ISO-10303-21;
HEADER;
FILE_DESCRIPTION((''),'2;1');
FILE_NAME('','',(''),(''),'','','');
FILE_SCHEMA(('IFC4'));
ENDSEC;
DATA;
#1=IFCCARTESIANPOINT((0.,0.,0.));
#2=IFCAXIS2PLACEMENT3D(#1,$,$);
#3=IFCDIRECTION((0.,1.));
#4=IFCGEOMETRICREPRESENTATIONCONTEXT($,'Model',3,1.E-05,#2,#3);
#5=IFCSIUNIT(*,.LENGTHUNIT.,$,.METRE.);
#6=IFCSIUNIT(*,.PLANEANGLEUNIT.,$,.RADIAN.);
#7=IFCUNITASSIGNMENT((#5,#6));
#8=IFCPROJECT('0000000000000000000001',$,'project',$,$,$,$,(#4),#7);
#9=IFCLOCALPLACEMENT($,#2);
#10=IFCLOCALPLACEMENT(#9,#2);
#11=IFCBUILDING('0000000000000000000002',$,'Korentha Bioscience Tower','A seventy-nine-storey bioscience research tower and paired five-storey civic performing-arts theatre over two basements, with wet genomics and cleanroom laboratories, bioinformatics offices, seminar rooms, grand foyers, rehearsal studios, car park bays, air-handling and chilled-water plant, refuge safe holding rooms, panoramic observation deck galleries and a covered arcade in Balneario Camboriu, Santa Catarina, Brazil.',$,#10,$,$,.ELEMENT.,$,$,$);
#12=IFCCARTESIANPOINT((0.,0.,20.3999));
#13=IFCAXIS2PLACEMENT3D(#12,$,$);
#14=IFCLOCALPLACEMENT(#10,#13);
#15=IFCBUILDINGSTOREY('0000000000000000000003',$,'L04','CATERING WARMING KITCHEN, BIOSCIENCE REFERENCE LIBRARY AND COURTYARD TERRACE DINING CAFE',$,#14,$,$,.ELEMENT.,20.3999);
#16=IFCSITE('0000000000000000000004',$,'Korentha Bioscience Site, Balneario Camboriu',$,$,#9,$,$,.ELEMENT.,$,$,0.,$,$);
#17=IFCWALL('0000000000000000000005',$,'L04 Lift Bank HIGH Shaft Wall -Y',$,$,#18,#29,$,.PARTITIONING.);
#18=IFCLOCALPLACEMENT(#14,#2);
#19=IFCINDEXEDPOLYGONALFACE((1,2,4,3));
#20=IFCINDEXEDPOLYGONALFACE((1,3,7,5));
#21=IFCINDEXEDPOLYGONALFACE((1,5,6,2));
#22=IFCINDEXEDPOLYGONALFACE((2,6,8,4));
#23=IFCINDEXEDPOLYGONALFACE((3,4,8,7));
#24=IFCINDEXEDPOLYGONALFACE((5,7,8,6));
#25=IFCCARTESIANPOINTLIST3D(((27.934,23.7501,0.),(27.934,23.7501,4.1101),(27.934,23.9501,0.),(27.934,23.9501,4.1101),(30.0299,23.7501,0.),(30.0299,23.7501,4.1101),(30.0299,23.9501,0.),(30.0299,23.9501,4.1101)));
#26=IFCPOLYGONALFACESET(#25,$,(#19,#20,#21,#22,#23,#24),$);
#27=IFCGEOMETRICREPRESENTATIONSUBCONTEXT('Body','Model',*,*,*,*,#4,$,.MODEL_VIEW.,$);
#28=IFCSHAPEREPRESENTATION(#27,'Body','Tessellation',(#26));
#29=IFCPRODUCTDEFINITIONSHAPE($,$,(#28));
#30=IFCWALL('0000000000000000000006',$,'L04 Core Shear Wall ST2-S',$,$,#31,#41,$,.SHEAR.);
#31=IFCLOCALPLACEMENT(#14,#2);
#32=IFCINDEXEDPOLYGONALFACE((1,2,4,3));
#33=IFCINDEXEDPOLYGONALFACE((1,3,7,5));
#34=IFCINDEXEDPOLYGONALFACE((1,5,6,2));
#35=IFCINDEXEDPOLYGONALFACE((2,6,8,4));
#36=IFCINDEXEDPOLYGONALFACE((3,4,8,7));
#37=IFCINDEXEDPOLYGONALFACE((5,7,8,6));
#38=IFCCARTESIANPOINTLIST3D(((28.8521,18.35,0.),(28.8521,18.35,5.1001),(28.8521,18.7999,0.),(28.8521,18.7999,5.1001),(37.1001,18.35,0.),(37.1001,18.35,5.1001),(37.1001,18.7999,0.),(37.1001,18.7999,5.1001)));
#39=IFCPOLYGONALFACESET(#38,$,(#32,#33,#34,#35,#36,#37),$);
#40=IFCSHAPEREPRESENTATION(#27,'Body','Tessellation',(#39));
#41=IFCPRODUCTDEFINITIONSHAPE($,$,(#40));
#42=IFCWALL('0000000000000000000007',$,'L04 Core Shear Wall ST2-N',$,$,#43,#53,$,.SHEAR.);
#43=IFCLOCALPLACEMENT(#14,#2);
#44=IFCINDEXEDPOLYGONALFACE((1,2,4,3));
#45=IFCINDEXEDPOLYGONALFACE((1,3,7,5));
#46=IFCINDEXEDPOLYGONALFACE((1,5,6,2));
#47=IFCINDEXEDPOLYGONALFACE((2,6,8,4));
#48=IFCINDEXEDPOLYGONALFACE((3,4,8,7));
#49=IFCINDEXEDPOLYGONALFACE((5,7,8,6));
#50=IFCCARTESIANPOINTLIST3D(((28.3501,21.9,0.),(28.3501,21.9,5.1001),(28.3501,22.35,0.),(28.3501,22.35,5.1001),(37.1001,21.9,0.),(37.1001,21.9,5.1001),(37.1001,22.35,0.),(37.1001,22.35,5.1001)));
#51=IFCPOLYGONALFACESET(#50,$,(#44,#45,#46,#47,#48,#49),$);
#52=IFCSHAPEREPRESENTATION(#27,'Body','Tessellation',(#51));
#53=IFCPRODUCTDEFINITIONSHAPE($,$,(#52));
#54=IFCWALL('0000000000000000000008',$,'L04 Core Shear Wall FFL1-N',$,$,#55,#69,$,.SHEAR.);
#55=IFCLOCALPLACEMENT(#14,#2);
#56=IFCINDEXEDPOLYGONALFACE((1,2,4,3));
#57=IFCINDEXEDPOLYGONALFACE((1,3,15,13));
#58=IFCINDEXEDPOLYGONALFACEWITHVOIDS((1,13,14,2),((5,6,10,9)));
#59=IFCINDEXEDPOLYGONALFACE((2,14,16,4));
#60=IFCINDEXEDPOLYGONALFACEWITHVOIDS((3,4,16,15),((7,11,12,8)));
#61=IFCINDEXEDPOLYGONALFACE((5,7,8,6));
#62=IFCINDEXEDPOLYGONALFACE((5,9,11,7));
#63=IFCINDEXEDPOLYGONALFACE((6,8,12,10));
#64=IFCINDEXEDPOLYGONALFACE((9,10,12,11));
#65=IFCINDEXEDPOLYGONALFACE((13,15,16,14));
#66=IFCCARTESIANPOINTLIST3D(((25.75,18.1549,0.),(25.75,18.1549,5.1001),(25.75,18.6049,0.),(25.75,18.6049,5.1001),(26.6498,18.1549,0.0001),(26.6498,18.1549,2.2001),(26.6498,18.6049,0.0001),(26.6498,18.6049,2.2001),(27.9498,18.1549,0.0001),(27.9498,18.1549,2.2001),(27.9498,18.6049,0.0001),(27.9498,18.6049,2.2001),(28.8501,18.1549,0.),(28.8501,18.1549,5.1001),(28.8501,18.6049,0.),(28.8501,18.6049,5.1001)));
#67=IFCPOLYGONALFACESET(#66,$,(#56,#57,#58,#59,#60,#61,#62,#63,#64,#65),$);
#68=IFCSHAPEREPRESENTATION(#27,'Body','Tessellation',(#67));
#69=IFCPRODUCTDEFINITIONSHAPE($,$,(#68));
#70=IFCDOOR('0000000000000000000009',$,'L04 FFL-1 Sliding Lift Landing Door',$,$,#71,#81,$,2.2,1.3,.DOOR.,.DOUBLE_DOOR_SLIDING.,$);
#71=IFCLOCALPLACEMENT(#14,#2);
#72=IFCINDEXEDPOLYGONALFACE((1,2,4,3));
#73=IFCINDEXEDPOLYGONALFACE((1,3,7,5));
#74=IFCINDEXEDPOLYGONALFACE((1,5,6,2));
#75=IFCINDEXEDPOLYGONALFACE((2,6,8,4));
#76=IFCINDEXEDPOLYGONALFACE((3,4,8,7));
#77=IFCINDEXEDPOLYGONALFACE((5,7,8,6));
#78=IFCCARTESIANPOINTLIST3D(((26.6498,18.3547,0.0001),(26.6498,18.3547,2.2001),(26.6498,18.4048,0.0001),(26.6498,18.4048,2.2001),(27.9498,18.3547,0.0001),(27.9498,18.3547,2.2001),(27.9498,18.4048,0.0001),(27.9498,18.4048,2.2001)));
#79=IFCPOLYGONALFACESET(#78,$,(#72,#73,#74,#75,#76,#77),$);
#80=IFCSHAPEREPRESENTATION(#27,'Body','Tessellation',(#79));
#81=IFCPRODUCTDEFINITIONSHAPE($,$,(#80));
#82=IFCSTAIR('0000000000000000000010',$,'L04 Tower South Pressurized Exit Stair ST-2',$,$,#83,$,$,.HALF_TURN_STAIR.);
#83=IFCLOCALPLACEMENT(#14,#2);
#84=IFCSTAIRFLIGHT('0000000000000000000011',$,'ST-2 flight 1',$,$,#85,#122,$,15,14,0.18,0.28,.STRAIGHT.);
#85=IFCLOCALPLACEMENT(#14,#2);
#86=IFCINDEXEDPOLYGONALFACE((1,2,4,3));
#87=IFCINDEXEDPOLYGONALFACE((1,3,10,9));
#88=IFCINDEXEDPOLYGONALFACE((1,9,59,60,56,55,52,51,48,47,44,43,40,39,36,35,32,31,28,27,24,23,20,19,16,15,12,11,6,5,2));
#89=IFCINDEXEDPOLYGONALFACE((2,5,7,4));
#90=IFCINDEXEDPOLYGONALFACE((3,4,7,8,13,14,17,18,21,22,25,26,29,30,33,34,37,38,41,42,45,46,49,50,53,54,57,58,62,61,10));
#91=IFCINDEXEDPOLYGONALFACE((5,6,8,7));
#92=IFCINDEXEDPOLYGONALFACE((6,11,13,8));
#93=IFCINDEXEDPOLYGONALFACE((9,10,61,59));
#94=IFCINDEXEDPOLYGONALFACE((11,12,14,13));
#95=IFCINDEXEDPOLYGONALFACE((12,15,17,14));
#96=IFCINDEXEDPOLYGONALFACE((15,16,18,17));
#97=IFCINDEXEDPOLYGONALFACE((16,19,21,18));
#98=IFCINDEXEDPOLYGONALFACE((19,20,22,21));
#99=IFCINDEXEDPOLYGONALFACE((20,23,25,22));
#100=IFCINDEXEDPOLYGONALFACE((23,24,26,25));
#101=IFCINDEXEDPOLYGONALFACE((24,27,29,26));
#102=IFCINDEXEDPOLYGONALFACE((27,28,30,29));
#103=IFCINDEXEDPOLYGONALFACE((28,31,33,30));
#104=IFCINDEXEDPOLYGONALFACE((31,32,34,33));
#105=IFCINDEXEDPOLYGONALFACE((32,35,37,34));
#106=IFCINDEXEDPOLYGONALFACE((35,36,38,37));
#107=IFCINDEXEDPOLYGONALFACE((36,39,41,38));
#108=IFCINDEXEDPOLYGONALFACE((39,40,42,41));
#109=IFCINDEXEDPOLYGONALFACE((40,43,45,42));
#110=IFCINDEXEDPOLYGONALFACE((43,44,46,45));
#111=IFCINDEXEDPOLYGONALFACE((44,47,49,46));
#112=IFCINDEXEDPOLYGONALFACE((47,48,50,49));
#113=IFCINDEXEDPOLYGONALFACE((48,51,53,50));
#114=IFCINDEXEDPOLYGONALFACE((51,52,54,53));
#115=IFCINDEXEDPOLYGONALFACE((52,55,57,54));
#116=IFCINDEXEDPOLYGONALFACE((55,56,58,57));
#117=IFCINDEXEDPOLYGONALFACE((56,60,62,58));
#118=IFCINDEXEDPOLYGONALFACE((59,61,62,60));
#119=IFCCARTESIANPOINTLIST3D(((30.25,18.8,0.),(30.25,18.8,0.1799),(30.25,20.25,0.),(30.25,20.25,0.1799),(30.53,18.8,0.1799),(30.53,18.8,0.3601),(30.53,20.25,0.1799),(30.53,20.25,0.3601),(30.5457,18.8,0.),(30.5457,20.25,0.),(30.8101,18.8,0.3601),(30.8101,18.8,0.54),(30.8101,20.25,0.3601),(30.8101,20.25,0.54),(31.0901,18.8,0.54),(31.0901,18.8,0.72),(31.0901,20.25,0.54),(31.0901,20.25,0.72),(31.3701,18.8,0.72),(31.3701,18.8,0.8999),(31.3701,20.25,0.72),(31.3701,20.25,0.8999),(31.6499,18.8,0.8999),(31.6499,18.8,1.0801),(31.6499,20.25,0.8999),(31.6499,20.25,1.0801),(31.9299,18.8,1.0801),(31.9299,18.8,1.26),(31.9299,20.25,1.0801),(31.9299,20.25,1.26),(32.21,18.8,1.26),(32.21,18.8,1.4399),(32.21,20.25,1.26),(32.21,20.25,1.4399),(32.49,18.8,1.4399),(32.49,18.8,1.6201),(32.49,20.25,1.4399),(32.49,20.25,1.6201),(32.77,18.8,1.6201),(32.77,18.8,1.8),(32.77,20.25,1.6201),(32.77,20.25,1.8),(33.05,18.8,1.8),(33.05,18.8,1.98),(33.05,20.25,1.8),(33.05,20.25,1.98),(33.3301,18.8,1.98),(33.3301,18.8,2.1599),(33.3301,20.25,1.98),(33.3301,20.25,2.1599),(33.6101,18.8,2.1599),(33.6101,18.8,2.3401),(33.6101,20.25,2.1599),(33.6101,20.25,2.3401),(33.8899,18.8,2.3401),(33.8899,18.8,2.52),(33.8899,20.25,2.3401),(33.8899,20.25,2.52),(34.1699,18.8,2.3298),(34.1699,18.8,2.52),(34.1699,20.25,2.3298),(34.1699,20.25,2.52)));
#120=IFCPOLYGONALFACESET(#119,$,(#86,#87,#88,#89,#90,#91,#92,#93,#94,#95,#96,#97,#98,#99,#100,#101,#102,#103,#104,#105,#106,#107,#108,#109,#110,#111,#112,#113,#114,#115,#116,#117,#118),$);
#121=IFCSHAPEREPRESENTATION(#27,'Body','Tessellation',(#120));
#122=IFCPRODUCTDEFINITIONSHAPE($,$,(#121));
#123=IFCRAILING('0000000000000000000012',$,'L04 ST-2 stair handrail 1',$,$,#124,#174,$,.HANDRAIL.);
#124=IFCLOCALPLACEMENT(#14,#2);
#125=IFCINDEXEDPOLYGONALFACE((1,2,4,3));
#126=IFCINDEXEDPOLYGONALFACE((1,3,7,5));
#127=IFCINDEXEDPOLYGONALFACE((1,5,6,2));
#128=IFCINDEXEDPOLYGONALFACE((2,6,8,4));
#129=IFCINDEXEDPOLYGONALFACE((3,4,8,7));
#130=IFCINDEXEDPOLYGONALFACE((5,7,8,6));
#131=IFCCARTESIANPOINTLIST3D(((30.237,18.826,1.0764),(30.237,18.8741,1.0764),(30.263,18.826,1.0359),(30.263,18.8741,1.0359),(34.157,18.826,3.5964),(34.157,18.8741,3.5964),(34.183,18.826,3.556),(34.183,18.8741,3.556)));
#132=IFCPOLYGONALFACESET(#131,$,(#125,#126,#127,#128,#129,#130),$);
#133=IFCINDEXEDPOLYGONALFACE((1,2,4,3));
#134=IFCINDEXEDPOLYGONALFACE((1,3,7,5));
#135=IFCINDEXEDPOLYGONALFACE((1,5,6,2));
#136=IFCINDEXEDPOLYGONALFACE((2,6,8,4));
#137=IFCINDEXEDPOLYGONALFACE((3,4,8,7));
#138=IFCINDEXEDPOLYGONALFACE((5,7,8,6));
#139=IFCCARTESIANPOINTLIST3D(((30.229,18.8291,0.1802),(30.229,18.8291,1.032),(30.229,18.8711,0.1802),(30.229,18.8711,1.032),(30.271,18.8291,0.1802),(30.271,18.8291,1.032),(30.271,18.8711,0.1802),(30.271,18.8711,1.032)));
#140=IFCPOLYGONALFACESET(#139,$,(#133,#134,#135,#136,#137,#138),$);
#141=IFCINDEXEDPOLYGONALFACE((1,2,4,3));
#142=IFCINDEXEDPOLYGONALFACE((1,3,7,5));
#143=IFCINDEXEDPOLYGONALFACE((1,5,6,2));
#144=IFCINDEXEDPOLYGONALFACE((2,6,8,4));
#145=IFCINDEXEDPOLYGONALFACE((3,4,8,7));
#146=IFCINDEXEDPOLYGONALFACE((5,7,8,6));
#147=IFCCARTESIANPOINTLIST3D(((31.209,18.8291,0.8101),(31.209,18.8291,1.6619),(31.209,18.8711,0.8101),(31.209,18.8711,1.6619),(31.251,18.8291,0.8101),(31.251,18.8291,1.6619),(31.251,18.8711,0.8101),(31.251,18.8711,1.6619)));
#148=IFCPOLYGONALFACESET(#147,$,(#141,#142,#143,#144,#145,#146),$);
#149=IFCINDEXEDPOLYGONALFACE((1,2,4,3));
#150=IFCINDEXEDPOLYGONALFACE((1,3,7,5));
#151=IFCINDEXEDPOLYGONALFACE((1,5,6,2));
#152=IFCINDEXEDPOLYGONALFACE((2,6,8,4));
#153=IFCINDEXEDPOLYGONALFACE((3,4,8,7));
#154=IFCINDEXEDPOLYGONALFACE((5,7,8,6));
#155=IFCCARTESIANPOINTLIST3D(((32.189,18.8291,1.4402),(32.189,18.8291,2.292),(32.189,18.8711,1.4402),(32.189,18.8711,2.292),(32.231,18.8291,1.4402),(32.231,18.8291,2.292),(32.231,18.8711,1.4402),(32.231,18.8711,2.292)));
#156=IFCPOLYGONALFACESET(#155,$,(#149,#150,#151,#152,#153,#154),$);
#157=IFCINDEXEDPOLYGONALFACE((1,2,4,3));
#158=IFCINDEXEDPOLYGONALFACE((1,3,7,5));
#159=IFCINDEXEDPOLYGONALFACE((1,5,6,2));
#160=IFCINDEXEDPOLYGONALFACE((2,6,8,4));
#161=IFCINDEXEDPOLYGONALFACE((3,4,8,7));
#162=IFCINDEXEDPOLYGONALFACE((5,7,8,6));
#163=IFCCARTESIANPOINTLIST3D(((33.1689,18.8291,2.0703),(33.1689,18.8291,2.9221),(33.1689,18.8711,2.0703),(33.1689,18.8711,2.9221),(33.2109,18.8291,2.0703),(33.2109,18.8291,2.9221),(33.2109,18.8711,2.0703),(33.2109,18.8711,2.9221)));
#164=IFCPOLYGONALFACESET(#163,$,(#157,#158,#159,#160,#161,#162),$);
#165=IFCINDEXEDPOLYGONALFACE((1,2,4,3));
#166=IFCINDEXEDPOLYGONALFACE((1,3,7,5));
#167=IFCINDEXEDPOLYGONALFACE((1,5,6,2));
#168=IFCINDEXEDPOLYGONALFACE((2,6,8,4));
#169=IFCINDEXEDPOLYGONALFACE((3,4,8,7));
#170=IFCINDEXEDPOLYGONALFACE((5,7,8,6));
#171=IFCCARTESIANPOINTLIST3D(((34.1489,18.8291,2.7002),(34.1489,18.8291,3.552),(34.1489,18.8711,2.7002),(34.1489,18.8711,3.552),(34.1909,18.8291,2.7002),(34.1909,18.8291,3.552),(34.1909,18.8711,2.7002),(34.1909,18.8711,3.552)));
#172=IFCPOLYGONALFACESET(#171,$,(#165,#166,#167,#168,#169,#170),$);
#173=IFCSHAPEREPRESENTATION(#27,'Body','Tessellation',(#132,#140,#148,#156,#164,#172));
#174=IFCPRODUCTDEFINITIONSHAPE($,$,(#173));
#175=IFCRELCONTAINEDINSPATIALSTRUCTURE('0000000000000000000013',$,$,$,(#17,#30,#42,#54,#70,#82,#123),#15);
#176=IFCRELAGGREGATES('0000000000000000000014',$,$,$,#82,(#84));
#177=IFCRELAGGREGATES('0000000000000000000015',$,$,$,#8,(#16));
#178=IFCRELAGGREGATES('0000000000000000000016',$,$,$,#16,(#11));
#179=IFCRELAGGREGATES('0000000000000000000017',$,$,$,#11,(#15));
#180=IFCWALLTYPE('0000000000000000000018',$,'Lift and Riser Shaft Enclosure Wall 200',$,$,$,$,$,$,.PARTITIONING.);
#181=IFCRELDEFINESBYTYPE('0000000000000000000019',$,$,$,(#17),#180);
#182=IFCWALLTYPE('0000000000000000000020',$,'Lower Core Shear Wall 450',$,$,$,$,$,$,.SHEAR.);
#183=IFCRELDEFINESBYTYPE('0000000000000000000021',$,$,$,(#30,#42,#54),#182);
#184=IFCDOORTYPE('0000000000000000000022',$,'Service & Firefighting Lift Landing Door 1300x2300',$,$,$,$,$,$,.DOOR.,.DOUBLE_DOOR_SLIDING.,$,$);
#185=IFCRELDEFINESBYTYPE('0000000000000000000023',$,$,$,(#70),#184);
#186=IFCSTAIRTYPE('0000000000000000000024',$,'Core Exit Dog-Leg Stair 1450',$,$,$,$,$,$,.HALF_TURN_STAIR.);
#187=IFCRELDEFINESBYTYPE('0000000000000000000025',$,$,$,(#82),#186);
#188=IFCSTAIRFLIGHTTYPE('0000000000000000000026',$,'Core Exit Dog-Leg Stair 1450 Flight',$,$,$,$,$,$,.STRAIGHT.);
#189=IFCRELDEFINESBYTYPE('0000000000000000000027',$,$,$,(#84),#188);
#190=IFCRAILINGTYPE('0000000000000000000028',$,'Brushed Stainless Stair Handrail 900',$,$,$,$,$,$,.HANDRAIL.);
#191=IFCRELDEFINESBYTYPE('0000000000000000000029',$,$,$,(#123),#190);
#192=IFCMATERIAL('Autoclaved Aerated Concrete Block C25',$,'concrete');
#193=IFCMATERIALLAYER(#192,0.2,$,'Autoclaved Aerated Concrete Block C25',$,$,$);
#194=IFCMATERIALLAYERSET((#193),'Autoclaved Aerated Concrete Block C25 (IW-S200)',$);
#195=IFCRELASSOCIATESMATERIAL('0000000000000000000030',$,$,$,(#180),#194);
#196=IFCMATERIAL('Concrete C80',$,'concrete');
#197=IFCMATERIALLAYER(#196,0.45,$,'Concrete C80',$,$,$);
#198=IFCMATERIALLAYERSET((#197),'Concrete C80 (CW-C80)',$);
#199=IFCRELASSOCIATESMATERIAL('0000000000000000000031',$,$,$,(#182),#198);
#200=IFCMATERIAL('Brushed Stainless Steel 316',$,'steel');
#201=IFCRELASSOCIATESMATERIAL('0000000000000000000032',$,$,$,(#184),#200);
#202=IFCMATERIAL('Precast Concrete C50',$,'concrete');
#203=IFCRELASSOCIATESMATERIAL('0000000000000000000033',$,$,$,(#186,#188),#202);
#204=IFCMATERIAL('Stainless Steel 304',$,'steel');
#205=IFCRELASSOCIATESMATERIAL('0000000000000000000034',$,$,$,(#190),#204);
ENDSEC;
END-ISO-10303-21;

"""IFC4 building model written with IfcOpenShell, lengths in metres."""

from ifc_helpers import new_model, si_unit, direction, frame, frame_2d, origin, origin_2d, place, context, subcontext, project, spatial, polyline, rectangle, outline, extrude, material, layer, layer_set, type_object, element, fill, aggregate, save


model = new_model("IFC4")

# Units and contexts
model_context = context("Model", 3, precision=1e-05, world=origin(), true_north=direction((0.0, 1.0)))
body_context = subcontext(model_context, "Body", "Model", "MODEL_VIEW")
ifc_project = project(units=[si_unit("LENGTHUNIT", "METRE"), si_unit("PLANEANGLEUNIT", "RADIAN")], contexts=[model_context])

# Site, building, storey
site_placement = place(None, origin())
site = spatial("IfcSite", under=ifc_project, at=site_placement, Name="Korentha Bioscience Site, Balneario Camboriu", CompositionType="ELEMENT", RefElevation=0.0)
building_placement = place(site_placement, origin())
building = spatial("IfcBuilding", under=site, at=building_placement, Name="Korentha Bioscience Tower", Description="A seventy-nine-storey bioscience research tower and paired five-storey civic performing-arts theatre over two basements, with wet genomics and cleanroom laboratories, bioinformatics offices, seminar rooms, grand foyers, rehearsal studios, car park bays, air-handling and chilled-water plant, refuge safe holding rooms, panoramic observation deck galleries and a covered arcade in Balneario Camboriu, Santa Catarina, Brazil.", CompositionType="ELEMENT")
storey_placement = place(building_placement, frame((0.0, 0.0, 20.3999)))
storey = spatial("IfcBuildingStorey", under=building, at=storey_placement, Name="L04", Description="CATERING WARMING KITCHEN, BIOSCIENCE REFERENCE LIBRARY AND COURTYARD TERRACE DINING CAFE", CompositionType="ELEMENT", Elevation=20.3999)

# Walls
ifc_material_1 = material(Name="Autoclaved Aerated Concrete Block C25", Category="concrete")
ifc_layer_1 = layer(ifc_material_1, 0.2, Name="Autoclaved Aerated Concrete Block C25")
ifc_layer_set_1 = layer_set([ifc_layer_1], Name="Autoclaved Aerated Concrete Block C25 (IW-S200)")
wall_type_1 = type_object("IfcWallType", Name="Lift and Riser Shaft Enclosure Wall 200", PredefinedType="PARTITIONING", material=ifc_layer_set_1)
wall_1_placement = place(storey_placement, frame((27.9341, 23.8501, 0.0), z_axis=(0.0, 0.0, 1.0), x_axis=(1.0, 0.0, 0.0)))
element("IfcWall", 1, at=wall_1_placement, inside=storey, type_object=wall_type_1, Name="L04 Lift Bank HIGH Shaft Wall -Y", PredefinedType="PARTITIONING", context=body_context, shape_type="SweptSolid", body=[
    extrude(rectangle(XDim=2.0959, YDim=0.2, at=frame_2d((1.0479, 0.0))), origin(), (0.0, 0.0, 1.0), 4.1101),
])
ifc_material_2 = material(Name="Concrete C80", Category="concrete")
ifc_layer_2 = layer(ifc_material_2, 0.45, Name="Concrete C80")
ifc_layer_set_2 = layer_set([ifc_layer_2], Name="Concrete C80 (CW-C80)")
wall_type_2 = type_object("IfcWallType", Name="Lower Core Shear Wall 450", PredefinedType="SHEAR", material=ifc_layer_set_2)
wall_2_placement = place(storey_placement, frame((28.8521, 18.575, 0.0), z_axis=(0.0, 0.0, 1.0), x_axis=(1.0, 0.0, 0.0)))
element("IfcWall", 2, at=wall_2_placement, inside=storey, type_object=wall_type_2, Name="L04 Core Shear Wall ST2-S", PredefinedType="SHEAR", context=body_context, shape_type="SweptSolid", body=[
    extrude(rectangle(XDim=8.248, YDim=0.45, at=frame_2d((4.124, 0.0))), origin(), (0.0, 0.0, 1.0), 5.1001),
])
wall_3_placement = place(storey_placement, frame((28.3501, 22.125, 0.0), z_axis=(0.0, 0.0, 1.0), x_axis=(1.0, 0.0, 0.0)))
element("IfcWall", 3, at=wall_3_placement, inside=storey, type_object=wall_type_2, Name="L04 Core Shear Wall ST2-N", PredefinedType="SHEAR", context=body_context, shape_type="SweptSolid", body=[
    extrude(rectangle(XDim=8.75, YDim=0.45, at=frame_2d((4.375, 0.0))), origin(), (0.0, 0.0, 1.0), 5.1001),
])

# Wall, opening, door
wall_4_placement = place(storey_placement, frame((25.75, 18.3799, 0.0), z_axis=(0.0, 0.0, 1.0), x_axis=(1.0, 0.0, 0.0)))
wall_4 = element("IfcWall", 4, at=wall_4_placement, inside=storey, type_object=wall_type_2, Name="L04 Core Shear Wall FFL1-N", PredefinedType="SHEAR", context=body_context, shape_type="SweptSolid", body=[
    extrude(rectangle(XDim=3.1001, YDim=0.45, at=frame_2d((1.55, 0.0))), origin(), (0.0, 0.0, 1.0), 5.1001),
])
opening_1_placement = place(wall_4_placement, frame((0.8999, 0.0, 0.0)))
opening_1 = element("IfcOpeningElement", 5, at=opening_1_placement, cuts=wall_4, PredefinedType="OPENING", context=body_context, shape_type="SweptSolid", body=[
    extrude(rectangle(XDim=1.3, YDim=2.2, at=frame_2d((0.6499, 1.1001))), frame((0.0, 0.2397, 0.0), z_axis=(0.0, -1.0, 0.0), x_axis=(1.0, 0.0, 0.0)), (0.0, 0.0, 1.0), 0.4797),
])
ifc_material_3 = material(Name="Brushed Stainless Steel 316", Category="steel")
door_type_1 = type_object("IfcDoorType", Name="Service & Firefighting Lift Landing Door 1300x2300", OperationType="DOUBLE_DOOR_SLIDING", PredefinedType="DOOR", material=ifc_material_3)
door_1_placement = place(opening_1_placement, origin())
door_1 = element("IfcDoor", 6, at=door_1_placement, inside=storey, type_object=door_type_1, Name="L04 FFL-1 Sliding Lift Landing Door", OperationType="DOUBLE_DOOR_SLIDING", OverallHeight=2.2, OverallWidth=1.3, PredefinedType="DOOR", context=body_context, shape_type="SweptSolid", body=[
    extrude(rectangle(XDim=1.3, YDim=2.2, at=frame_2d((0.6499, 1.1001))), frame((0.0, 0.0249, 0.0), z_axis=(0.0, -1.0, 0.0), x_axis=(1.0, 0.0, 0.0)), (0.0, 0.0, 1.0), 0.05),
])
fill(opening_1, door_1)

# Stair, stair flight
ifc_material_4 = material(Name="Precast Concrete C50", Category="concrete")
stair_type = type_object("IfcStairType", Name="Core Exit Dog-Leg Stair 1450", PredefinedType="HALF_TURN_STAIR", material=ifc_material_4)
stair_placement = place(storey_placement, origin())
stair = element("IfcStair", 7, at=stair_placement, inside=storey, type_object=stair_type, Name="L04 Tower South Pressurized Exit Stair ST-2", PredefinedType="HALF_TURN_STAIR")
stair_flight_type = type_object("IfcStairFlightType", Name="Core Exit Dog-Leg Stair 1450 Flight", PredefinedType="STRAIGHT", material=ifc_material_4)
stair_flight_placement = place(storey_placement, frame((30.25, 19.5249, 0.0), z_axis=(0.0, 0.0, 1.0), x_axis=(1.0, 0.0, 0.0)))
stair_flight = element("IfcStairFlight", 8, at=stair_flight_placement, type_object=stair_flight_type, Name="ST-2 flight 1", NumberOfRisers=15, NumberOfTreads=14, PredefinedType="STRAIGHT", RiserHeight=0.18, TreadLength=0.28, context=body_context, shape_type="SweptSolid", body=[
    extrude(outline(polyline([(0.0, 0.0), (0.0, 0.1799), (0.28, 0.1799), (0.28, 0.3601), (0.5601, 0.3601), (0.5601, 0.54), (0.8401, 0.54), (0.8401, 0.72), (1.1201, 0.72), (1.1201, 0.8999), (1.3999, 0.8999), (1.3999, 1.0801), (1.6799, 1.0801), (1.6799, 1.26), (1.96, 1.26), (1.96, 1.4399), (2.24, 1.4399), (2.24, 1.6201), (2.52, 1.6201), (2.52, 1.8), (2.8, 1.8), (2.8, 1.98), (3.0801, 1.98), (3.0801, 2.1599), (3.3601, 2.1599), (3.3601, 2.3401), (3.6399, 2.3401), (3.6399, 2.52), (3.9199, 2.52), (3.9199, 2.7), (3.9199, 2.3298), (0.2957, 0.0), (0.0, 0.0)])), frame((0.0, 0.7251, 0.0), z_axis=(0.0, -1.0, 0.0), x_axis=(1.0, 0.0, 0.0)), (0.0, 0.0, 1.0), 1.45),
])
aggregate(stair, [stair_flight])

# Railing
ifc_material_5 = material(Name="Stainless Steel 304", Category="steel")
railing_type_1 = type_object("IfcRailingType", Name="Brushed Stainless Stair Handrail 900", PredefinedType="HANDRAIL", material=ifc_material_5)
railing_1_placement = place(storey_placement, frame((30.25, 18.8501, 0.1802)))
element("IfcRailing", 9, at=railing_1_placement, inside=storey, type_object=railing_type_1, Name="L04 ST-2 stair handrail 1", PredefinedType="HANDRAIL", context=body_context, shape_type="SweptSolid", body=[
    extrude(rectangle(XDim=0.0481, YDim=0.0481, at=origin_2d()), frame((0.0, 0.0, 0.876), z_axis=(0.841172, 0.0, 0.540768), x_axis=(0.0, 1.0, 0.0)), (0.0, 0.0, 1.0), 4.6602),
    extrude(rectangle(XDim=0.042, YDim=0.042, at=origin_2d()), origin(), (0.0, 0.0, 1.0), 0.8518),
    extrude(rectangle(XDim=0.042, YDim=0.042, at=origin_2d()), frame((0.98, 0.0, 0.6299)), (0.0, 0.0, 1.0), 0.8518),
    extrude(rectangle(XDim=0.042, YDim=0.042, at=origin_2d()), frame((1.96, 0.0, 1.26)), (0.0, 0.0, 1.0), 0.8518),
    extrude(rectangle(XDim=0.042, YDim=0.042, at=origin_2d()), frame((2.9399, 0.0, 1.8901)), (0.0, 0.0, 1.0), 0.8518),
    extrude(rectangle(XDim=0.042, YDim=0.042, at=origin_2d()), frame((3.9199, 0.0, 2.52)), (0.0, 0.0, 1.0), 0.8518),
])

save(model, "model.ifc")
